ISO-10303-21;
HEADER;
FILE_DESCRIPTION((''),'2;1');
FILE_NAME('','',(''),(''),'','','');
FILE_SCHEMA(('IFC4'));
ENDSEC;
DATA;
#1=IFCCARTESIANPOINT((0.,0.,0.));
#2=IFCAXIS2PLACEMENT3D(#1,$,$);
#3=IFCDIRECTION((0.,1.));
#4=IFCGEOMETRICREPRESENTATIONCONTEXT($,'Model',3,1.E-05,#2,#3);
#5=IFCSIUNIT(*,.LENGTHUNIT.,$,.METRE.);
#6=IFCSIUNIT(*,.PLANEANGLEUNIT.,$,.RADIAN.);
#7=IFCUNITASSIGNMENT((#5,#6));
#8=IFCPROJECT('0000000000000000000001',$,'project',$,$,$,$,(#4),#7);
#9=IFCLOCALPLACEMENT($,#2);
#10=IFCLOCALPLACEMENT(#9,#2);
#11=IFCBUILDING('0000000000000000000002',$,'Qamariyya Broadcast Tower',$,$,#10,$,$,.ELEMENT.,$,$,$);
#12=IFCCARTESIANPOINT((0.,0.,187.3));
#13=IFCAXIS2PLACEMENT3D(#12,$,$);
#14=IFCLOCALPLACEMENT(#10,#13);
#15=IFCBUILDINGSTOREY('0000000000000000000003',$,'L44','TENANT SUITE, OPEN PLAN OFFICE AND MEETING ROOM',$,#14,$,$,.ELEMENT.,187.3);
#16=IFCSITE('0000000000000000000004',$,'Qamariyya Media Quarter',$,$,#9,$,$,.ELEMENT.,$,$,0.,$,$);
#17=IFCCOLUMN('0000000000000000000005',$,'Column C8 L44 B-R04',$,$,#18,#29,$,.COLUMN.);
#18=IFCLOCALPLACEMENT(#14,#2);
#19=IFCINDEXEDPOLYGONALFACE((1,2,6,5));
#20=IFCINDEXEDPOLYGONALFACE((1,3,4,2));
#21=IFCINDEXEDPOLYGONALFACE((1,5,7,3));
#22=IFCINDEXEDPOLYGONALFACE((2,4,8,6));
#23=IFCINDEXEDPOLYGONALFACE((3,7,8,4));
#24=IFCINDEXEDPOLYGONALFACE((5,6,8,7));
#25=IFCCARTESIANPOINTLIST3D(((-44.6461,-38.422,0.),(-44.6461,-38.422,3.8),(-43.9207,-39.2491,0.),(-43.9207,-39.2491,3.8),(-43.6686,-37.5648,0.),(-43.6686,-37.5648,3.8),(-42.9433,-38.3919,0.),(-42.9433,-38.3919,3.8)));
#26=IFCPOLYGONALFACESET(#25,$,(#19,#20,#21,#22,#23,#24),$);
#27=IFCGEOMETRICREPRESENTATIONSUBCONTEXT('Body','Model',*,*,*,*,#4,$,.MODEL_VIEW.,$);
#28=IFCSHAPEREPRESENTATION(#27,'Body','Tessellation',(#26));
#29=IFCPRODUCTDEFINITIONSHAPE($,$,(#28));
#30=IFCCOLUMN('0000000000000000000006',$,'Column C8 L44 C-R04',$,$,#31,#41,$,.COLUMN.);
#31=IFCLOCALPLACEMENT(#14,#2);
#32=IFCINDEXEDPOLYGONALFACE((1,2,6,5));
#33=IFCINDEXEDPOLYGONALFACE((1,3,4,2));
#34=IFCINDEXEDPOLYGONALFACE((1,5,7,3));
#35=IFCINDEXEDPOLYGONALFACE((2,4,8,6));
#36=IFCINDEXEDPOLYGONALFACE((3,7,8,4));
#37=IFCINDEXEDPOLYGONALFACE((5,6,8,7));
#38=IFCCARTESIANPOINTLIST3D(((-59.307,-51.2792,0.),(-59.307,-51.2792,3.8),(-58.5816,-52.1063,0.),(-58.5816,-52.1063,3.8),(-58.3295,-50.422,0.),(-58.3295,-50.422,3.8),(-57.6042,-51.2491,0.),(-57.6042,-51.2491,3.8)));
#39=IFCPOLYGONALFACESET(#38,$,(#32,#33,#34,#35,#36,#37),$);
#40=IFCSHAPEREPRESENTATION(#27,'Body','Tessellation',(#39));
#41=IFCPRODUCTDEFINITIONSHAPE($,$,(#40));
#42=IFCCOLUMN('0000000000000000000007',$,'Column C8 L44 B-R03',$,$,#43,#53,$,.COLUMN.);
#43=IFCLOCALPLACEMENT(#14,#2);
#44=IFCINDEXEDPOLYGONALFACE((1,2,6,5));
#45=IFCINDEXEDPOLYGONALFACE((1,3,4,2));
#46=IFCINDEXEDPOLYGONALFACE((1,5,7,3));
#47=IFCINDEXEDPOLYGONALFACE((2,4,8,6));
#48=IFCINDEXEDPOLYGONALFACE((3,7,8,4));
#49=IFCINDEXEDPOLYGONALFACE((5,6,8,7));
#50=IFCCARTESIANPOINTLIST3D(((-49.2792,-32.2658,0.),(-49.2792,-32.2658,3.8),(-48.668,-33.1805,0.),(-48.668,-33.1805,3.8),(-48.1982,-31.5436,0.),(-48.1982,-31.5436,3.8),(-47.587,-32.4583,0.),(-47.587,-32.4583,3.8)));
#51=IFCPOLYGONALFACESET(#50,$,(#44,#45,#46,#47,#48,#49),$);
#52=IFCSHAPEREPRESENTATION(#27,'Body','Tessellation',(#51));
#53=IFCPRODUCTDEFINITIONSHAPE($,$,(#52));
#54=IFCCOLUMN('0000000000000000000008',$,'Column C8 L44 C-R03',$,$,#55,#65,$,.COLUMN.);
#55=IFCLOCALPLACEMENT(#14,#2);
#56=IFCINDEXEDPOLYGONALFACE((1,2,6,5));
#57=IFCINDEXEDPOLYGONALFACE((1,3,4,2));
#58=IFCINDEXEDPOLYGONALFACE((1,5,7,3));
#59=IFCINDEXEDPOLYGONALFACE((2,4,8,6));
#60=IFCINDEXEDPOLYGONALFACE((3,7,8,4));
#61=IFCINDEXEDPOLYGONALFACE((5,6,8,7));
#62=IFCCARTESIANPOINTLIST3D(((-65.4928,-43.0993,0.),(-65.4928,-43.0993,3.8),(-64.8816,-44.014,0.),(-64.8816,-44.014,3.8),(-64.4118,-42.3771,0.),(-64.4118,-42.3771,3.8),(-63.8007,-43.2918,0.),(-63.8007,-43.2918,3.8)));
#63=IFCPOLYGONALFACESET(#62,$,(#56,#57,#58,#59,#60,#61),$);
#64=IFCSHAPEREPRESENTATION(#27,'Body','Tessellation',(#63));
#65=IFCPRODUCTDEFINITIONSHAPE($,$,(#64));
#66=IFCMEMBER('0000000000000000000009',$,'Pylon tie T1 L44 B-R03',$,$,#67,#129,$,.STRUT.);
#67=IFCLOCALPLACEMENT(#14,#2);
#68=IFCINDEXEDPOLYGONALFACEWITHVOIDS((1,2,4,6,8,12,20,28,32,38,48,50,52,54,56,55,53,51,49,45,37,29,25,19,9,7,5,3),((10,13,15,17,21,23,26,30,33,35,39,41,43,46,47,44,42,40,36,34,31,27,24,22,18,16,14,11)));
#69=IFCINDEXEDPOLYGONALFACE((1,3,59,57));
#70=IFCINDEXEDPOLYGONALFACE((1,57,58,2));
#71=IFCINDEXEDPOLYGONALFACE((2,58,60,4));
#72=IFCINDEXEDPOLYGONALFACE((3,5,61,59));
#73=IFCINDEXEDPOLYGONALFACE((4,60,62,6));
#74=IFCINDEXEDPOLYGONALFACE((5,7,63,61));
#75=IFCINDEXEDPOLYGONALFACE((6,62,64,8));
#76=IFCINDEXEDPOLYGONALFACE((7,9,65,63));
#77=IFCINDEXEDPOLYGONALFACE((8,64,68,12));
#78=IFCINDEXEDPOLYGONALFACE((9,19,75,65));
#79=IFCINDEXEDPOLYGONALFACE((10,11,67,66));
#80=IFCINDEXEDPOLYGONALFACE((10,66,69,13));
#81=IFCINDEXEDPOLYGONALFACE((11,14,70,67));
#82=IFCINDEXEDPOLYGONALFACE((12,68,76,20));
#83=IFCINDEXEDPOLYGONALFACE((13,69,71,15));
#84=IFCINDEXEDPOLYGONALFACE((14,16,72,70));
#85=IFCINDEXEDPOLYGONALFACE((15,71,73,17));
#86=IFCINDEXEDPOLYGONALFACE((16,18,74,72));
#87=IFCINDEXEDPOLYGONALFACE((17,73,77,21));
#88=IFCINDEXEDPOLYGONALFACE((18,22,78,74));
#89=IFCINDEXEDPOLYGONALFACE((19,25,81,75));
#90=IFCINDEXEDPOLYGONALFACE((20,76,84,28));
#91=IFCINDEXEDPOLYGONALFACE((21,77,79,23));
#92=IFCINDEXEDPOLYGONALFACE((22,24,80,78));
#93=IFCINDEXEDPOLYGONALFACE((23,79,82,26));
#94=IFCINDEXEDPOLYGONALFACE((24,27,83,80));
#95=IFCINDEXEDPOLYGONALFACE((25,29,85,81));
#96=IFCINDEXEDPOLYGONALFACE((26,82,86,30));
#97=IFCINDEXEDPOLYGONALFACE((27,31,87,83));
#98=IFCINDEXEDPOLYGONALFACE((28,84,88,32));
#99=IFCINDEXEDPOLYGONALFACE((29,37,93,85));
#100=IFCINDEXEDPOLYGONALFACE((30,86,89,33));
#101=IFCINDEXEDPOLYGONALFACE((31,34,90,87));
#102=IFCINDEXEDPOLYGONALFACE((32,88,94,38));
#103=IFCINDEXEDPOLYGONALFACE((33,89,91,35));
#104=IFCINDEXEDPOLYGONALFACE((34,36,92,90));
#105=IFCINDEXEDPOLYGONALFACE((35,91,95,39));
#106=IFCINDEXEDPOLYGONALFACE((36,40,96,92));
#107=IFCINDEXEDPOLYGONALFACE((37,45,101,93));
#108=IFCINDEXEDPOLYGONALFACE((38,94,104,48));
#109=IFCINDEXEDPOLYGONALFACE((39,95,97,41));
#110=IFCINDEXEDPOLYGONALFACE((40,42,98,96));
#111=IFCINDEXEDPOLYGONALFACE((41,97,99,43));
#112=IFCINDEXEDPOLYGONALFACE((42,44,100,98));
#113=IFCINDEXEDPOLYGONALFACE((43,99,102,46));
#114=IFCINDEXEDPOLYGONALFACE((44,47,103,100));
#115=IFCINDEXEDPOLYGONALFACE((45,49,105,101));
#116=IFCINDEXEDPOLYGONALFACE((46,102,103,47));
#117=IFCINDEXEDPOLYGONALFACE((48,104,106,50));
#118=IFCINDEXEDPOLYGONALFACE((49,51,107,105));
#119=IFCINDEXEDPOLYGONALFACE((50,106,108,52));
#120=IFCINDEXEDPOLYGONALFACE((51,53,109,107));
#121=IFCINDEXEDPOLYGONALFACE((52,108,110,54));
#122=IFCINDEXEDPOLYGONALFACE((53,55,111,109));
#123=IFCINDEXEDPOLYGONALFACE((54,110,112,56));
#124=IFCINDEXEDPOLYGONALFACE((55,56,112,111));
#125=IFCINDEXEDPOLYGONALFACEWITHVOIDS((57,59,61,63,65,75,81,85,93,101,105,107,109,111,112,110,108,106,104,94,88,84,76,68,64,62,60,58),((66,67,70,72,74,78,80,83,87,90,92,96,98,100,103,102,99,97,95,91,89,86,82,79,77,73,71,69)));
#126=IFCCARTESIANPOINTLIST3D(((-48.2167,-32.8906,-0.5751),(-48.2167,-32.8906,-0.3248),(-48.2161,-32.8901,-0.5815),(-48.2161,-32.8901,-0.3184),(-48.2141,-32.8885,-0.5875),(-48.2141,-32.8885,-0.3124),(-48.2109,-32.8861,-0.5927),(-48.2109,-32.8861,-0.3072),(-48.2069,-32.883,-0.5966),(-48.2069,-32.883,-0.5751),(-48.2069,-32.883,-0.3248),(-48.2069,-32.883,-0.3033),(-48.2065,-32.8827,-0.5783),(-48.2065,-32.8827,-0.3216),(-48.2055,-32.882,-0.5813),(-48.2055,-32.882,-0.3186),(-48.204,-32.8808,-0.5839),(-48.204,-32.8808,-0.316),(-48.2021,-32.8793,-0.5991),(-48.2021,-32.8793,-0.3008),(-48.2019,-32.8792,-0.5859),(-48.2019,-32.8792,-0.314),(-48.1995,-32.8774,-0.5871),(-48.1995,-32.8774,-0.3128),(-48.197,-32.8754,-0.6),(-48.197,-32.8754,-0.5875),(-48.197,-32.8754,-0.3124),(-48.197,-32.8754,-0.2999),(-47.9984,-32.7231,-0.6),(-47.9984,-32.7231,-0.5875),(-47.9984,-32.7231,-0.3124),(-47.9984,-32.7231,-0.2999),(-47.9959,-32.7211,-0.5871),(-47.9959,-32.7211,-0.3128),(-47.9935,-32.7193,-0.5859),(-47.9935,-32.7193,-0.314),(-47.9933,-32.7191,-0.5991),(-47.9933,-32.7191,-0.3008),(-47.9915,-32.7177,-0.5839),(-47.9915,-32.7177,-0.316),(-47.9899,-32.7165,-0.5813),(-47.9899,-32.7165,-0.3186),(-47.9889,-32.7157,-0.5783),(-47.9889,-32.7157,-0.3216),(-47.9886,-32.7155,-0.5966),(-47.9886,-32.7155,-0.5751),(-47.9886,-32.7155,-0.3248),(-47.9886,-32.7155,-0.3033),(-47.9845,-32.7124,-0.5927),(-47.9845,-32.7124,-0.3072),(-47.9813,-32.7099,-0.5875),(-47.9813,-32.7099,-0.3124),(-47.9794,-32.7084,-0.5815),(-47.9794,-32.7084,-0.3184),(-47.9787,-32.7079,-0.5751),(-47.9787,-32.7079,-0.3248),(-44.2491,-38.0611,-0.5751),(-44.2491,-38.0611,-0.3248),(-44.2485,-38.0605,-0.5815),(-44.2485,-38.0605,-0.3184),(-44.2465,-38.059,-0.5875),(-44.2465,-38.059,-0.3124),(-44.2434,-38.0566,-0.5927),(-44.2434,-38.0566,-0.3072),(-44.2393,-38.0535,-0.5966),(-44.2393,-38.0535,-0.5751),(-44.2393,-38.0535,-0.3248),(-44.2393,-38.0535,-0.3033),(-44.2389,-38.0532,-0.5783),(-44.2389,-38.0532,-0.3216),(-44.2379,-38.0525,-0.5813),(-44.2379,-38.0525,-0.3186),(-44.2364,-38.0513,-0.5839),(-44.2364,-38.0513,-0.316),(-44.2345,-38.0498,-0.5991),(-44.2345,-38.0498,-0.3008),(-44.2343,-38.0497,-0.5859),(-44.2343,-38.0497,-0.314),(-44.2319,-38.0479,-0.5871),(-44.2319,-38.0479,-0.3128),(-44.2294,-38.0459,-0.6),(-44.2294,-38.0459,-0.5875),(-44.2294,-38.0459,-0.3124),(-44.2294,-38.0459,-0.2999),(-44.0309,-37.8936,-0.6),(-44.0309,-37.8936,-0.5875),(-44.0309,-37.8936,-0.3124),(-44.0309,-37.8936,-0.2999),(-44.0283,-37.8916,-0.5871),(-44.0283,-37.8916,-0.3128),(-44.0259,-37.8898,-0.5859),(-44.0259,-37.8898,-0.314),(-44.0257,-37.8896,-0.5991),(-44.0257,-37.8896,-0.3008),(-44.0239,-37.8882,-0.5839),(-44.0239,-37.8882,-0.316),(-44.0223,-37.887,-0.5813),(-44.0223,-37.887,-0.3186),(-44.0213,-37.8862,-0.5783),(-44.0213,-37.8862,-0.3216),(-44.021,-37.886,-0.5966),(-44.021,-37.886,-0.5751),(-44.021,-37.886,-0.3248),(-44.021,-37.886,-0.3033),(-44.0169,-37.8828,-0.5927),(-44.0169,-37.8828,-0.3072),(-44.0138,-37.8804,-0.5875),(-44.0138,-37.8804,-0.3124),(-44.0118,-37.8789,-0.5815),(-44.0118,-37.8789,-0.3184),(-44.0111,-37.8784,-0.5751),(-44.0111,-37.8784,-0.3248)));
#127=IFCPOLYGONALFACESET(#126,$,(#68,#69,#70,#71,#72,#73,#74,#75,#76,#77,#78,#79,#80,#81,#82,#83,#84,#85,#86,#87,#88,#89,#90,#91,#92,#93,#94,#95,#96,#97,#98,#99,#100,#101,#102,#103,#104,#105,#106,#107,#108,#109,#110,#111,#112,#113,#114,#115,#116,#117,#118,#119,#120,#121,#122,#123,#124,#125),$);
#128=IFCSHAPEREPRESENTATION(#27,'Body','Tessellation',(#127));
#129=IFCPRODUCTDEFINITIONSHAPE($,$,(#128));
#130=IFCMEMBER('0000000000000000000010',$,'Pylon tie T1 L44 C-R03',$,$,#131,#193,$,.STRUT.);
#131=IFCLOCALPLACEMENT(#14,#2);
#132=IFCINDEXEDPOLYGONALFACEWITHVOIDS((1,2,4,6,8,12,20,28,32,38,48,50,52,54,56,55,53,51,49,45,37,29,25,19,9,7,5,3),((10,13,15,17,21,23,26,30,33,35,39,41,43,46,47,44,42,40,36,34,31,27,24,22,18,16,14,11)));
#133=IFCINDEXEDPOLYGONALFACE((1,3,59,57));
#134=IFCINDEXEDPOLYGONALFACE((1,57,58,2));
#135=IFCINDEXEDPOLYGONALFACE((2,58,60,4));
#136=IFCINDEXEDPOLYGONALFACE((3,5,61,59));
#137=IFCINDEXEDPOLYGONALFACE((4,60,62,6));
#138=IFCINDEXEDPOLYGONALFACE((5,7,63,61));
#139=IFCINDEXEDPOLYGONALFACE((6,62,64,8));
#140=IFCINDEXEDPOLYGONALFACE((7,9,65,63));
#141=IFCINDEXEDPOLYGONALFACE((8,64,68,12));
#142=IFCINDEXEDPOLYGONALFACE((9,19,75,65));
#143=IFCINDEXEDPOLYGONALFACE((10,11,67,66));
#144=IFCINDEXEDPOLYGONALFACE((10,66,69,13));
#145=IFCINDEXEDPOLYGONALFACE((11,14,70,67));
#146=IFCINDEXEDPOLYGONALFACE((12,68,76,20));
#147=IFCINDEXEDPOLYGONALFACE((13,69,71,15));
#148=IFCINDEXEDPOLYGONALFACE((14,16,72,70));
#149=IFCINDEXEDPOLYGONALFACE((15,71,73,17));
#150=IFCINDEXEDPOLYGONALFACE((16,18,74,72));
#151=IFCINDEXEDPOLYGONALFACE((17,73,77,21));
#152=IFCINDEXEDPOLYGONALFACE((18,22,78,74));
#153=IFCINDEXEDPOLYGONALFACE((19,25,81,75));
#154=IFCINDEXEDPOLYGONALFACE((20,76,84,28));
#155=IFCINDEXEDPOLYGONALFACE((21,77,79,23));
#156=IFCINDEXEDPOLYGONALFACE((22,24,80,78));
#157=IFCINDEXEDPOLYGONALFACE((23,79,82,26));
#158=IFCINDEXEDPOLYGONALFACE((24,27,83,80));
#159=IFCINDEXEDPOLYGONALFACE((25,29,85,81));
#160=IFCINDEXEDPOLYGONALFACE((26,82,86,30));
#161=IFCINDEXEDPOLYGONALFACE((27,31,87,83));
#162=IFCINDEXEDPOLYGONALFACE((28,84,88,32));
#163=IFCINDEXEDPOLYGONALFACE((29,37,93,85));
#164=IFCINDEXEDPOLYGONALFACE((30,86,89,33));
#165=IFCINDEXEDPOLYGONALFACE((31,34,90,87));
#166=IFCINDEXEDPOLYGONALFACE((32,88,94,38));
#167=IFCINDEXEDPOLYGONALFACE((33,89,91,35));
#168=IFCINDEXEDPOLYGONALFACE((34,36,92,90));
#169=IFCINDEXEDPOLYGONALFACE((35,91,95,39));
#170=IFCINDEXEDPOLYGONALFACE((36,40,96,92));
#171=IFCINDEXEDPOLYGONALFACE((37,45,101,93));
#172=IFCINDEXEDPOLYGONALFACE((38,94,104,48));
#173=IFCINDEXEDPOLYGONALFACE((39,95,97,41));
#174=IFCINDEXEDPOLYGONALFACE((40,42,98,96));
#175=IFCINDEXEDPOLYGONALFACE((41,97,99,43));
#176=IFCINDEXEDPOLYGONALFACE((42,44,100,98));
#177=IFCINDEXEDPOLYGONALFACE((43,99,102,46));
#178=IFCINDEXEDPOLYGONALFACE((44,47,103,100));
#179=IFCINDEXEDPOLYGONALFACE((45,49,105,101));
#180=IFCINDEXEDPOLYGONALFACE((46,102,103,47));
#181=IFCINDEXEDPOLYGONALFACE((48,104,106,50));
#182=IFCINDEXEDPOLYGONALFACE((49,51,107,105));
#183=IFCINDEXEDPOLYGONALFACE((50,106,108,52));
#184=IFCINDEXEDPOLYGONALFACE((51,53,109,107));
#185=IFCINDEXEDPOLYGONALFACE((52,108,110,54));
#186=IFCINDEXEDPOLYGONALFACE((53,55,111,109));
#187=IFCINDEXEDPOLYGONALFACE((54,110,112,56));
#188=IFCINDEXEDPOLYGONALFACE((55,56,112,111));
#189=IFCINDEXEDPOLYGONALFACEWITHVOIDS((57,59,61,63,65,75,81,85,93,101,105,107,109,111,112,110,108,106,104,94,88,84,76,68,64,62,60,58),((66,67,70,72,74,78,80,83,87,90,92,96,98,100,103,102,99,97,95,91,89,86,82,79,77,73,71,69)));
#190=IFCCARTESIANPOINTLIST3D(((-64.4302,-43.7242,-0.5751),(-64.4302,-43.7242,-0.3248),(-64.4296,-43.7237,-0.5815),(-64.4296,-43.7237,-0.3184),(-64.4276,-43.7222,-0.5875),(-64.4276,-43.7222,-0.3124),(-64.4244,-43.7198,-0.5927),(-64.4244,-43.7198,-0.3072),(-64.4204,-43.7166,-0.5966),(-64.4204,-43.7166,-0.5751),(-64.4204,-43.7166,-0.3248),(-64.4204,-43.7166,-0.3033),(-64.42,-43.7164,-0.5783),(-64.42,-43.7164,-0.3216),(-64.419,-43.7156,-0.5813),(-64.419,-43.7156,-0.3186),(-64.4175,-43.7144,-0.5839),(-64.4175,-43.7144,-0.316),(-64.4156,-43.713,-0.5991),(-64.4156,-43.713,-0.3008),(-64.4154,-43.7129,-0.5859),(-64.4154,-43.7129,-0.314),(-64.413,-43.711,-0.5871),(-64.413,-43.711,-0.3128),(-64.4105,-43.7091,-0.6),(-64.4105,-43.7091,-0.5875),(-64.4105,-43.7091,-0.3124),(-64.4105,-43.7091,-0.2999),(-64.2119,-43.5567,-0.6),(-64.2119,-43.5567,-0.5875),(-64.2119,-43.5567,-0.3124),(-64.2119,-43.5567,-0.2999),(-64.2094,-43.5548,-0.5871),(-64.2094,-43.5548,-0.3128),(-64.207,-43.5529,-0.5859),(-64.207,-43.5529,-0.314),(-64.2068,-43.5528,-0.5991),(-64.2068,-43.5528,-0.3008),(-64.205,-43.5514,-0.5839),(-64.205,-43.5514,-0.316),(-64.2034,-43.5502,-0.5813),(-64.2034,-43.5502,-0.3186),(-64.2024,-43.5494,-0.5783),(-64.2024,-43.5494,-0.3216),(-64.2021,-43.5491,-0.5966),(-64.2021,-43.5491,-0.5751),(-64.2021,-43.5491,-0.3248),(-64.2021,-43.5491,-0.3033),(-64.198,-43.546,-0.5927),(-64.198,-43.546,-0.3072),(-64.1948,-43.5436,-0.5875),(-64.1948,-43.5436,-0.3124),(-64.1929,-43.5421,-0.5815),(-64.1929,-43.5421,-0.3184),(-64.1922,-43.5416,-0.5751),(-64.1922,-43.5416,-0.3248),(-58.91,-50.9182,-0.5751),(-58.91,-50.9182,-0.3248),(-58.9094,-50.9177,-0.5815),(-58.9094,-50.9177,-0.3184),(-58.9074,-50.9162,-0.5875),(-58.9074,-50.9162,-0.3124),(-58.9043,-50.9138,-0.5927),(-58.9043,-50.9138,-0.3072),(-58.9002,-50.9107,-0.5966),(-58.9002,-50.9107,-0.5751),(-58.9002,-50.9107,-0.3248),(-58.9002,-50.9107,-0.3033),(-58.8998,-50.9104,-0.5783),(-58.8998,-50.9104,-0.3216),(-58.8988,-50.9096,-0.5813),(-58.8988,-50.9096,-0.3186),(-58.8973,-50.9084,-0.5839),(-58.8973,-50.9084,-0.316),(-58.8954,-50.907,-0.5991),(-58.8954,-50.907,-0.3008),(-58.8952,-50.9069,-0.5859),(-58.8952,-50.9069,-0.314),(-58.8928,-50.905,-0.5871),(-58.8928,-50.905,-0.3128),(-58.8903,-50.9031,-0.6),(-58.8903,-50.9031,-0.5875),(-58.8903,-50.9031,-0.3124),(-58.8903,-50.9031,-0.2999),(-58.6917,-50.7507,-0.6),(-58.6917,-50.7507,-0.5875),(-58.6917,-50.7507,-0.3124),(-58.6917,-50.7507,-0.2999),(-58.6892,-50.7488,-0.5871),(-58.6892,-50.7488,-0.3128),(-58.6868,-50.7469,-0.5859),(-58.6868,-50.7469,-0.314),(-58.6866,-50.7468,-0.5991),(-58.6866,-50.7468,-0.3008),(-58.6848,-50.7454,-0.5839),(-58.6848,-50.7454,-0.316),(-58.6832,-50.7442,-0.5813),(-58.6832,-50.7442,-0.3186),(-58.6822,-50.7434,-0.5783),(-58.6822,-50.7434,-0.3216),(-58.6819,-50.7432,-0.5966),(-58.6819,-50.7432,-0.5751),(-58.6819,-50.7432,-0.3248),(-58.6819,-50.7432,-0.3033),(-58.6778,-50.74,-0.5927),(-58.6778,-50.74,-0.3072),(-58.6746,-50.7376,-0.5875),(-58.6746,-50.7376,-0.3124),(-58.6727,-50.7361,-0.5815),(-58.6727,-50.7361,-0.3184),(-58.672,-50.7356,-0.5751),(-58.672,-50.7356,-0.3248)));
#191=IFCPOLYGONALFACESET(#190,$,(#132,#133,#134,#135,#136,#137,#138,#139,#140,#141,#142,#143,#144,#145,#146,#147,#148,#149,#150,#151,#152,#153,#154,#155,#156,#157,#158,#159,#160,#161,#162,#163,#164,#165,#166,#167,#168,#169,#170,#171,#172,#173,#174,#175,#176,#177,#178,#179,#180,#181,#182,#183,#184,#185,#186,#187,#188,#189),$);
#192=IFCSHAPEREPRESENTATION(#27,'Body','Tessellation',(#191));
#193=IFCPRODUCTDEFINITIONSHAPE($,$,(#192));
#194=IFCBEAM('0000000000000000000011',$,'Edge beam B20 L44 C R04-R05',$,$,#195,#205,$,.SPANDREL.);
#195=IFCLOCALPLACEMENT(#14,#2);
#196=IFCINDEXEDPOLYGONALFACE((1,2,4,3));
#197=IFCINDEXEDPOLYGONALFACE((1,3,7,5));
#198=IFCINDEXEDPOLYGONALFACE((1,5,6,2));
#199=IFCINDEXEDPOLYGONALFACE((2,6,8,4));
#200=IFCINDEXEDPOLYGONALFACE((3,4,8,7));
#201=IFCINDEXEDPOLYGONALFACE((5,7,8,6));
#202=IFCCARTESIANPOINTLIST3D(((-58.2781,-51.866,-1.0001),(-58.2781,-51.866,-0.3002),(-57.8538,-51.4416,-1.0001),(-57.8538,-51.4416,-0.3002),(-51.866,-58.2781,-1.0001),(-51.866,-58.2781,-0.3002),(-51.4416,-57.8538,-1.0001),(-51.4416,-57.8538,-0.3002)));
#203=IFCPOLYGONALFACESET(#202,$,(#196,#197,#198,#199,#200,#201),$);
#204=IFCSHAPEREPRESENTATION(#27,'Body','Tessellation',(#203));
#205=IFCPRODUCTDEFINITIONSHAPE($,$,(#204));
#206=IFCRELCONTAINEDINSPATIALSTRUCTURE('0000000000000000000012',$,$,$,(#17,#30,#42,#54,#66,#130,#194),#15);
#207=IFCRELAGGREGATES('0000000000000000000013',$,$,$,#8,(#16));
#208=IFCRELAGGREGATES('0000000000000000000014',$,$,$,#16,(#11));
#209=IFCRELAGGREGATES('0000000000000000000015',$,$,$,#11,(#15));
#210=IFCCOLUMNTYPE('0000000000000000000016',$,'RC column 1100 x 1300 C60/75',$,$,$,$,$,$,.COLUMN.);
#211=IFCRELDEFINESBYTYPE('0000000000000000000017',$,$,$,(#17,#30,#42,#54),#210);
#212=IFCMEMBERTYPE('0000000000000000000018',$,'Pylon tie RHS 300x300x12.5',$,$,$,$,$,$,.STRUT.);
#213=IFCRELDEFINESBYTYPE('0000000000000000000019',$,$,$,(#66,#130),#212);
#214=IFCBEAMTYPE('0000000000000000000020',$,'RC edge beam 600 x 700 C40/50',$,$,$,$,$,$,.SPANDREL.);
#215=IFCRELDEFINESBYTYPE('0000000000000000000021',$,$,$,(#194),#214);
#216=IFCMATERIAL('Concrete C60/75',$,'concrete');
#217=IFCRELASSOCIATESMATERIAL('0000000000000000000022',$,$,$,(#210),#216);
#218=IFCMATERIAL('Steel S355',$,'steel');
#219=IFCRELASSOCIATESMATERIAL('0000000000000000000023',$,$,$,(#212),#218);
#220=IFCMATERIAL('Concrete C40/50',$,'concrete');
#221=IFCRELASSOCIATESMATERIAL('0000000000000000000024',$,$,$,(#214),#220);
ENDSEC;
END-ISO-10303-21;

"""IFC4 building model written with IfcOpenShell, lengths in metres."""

from ifc_helpers import new_model, si_unit, direction, frame, origin, origin_2d, place, context, subcontext, project, spatial, rectangle, hollow_rectangle, extrude, material, material_profile, profile_set, type_object, element, save


model = new_model("IFC4")

# Units and contexts
model_context = context("Model", 3, precision=1e-05, world=origin(), true_north=direction((0.0, 1.0)))
body_context = subcontext(model_context, "Body", "Model", "MODEL_VIEW")
ifc_project = project(units=[si_unit("LENGTHUNIT", "METRE"), si_unit("PLANEANGLEUNIT", "RADIAN")], contexts=[model_context])

# Site, building, storey
site_placement = place(None, origin())
site = spatial("IfcSite", under=ifc_project, at=site_placement, Name="Qamariyya Media Quarter", CompositionType="ELEMENT", RefElevation=0.0)
building_placement = place(site_placement, origin())
building = spatial("IfcBuilding", under=site, at=building_placement, Name="Qamariyya Broadcast Tower", CompositionType="ELEMENT")
storey_placement = place(building_placement, frame((0.0, 0.0, 187.3)))
storey = spatial("IfcBuildingStorey", under=building, at=storey_placement, Name="L44", Description="TENANT SUITE, OPEN PLAN OFFICE AND MEETING ROOM", CompositionType="ELEMENT", Elevation=187.3)

# Columns
ifc_material_1 = material(Name="Concrete C60/75", Category="concrete")
ifc_material_profile_1 = material_profile(ifc_material_1, rectangle(XDim=1.1001, YDim=1.3, at=origin_2d()))
ifc_profile_set_1 = profile_set([ifc_material_profile_1], Name="Concrete C60/75")
column_type = type_object("IfcColumnType", Name="RC column 1100 x 1300 C60/75", PredefinedType="COLUMN", material=ifc_profile_set_1)
for number, where, z_axis, x_axis, name in (
    (1, (-43.7947, -38.407, 0.0), (0.0, 0.0, 1.0), (0.659346, -0.75184, 0.0), "Column C8 L44 B-R04"),
    (2, (-58.4556, -51.2642, 0.0), (0.0, 0.0, 1.0), (0.659346, -0.75184, 0.0), "Column C8 L44 C-R04"),
    (3, (-48.4331, -32.3621, 0.0), (0.0, 0.0, 1.0), (0.55557, -0.83147, 0.0), "Column C8 L44 B-R03"),
    (4, (-64.6467, -43.1956, 0.0), (0.0, 0.0, 1.0), (0.55557, -0.83147, 0.0), "Column C8 L44 C-R03"),
):
    element("IfcColumn", number, at=place(storey_placement, frame(where, z_axis=z_axis, x_axis=x_axis)), inside=storey, type_object=column_type, Name=name, PredefinedType="COLUMN", context=body_context, shape_type="SweptSolid", body=[
        extrude(rectangle(XDim=1.1001, YDim=1.3, at=origin_2d()), origin(), (0.0, 0.0, 1.0), 3.8),
    ])

# Members
ifc_material_2 = material(Name="Steel S355", Category="steel")
ifc_material_profile_2 = material_profile(ifc_material_2, hollow_rectangle(XDim=0.3, YDim=0.3, WallThickness=0.0125, InnerFilletRadius=0.0125, OuterFilletRadius=0.0249, at=origin_2d()))
ifc_profile_set_2 = profile_set([ifc_material_profile_2], Name="Steel S355")
member_type = type_object("IfcMemberType", Name="Pylon tie RHS 300x300x12.5", PredefinedType="STRUT", material=ifc_profile_set_2)
member_1_placement = place(storey_placement, frame((-44.1301, -37.9697, -0.45), z_axis=(-0.608774, 0.793343, 0.0), x_axis=(-0.793343, -0.608774, 0.0)))
element("IfcMember", 5, at=member_1_placement, inside=storey, type_object=member_type, Name="Pylon tie T1 L44 B-R03", PredefinedType="STRUT", context=body_context, shape_type="SweptSolid", body=[
    extrude(hollow_rectangle(XDim=0.3, YDim=0.3, WallThickness=0.0125, InnerFilletRadius=0.0125, OuterFilletRadius=0.0249, at=origin_2d()), origin(), (0.0, 0.0, 1.0), 6.5173),
])
member_2_placement = place(storey_placement, frame((-58.791, -50.8269, -0.45), z_axis=(-0.608764, 0.793351, 0.0), x_axis=(-0.793351, -0.608764, 0.0)))
element("IfcMember", 6, at=member_2_placement, inside=storey, type_object=member_type, Name="Pylon tie T1 L44 C-R03", PredefinedType="STRUT", context=body_context, shape_type="SweptSolid", body=[
    extrude(hollow_rectangle(XDim=0.3, YDim=0.3, WallThickness=0.0125, InnerFilletRadius=0.0125, OuterFilletRadius=0.0249, at=origin_2d()), origin(), (0.0, 0.0, 1.0), 9.0679),
])

# Beam
ifc_material_3 = material(Name="Concrete C40/50", Category="concrete")
ifc_material_profile_3 = material_profile(ifc_material_3, rectangle(XDim=0.6001, YDim=0.7, at=origin_2d()))
ifc_profile_set_3 = profile_set([ifc_material_profile_3], Name="Concrete C40/50")
beam_type_1 = type_object("IfcBeamType", Name="RC edge beam 600 x 700 C40/50", PredefinedType="SPANDREL", material=ifc_profile_set_3)
beam_1_placement = place(storey_placement, frame((-58.0659, -51.6538, -0.6501), z_axis=(0.707107, -0.707107, 0.0), x_axis=(0.707107, 0.707107, 0.0)))
element("IfcBeam", 7, at=beam_1_placement, inside=storey, type_object=beam_type_1, Name="Edge beam B20 L44 C R04-R05", PredefinedType="SPANDREL", context=body_context, shape_type="SweptSolid", body=[
    extrude(rectangle(XDim=0.6001, YDim=0.7, at=origin_2d()), origin(), (0.0, 0.0, 1.0), 9.0681),
])

save(model, "model.ifc")
